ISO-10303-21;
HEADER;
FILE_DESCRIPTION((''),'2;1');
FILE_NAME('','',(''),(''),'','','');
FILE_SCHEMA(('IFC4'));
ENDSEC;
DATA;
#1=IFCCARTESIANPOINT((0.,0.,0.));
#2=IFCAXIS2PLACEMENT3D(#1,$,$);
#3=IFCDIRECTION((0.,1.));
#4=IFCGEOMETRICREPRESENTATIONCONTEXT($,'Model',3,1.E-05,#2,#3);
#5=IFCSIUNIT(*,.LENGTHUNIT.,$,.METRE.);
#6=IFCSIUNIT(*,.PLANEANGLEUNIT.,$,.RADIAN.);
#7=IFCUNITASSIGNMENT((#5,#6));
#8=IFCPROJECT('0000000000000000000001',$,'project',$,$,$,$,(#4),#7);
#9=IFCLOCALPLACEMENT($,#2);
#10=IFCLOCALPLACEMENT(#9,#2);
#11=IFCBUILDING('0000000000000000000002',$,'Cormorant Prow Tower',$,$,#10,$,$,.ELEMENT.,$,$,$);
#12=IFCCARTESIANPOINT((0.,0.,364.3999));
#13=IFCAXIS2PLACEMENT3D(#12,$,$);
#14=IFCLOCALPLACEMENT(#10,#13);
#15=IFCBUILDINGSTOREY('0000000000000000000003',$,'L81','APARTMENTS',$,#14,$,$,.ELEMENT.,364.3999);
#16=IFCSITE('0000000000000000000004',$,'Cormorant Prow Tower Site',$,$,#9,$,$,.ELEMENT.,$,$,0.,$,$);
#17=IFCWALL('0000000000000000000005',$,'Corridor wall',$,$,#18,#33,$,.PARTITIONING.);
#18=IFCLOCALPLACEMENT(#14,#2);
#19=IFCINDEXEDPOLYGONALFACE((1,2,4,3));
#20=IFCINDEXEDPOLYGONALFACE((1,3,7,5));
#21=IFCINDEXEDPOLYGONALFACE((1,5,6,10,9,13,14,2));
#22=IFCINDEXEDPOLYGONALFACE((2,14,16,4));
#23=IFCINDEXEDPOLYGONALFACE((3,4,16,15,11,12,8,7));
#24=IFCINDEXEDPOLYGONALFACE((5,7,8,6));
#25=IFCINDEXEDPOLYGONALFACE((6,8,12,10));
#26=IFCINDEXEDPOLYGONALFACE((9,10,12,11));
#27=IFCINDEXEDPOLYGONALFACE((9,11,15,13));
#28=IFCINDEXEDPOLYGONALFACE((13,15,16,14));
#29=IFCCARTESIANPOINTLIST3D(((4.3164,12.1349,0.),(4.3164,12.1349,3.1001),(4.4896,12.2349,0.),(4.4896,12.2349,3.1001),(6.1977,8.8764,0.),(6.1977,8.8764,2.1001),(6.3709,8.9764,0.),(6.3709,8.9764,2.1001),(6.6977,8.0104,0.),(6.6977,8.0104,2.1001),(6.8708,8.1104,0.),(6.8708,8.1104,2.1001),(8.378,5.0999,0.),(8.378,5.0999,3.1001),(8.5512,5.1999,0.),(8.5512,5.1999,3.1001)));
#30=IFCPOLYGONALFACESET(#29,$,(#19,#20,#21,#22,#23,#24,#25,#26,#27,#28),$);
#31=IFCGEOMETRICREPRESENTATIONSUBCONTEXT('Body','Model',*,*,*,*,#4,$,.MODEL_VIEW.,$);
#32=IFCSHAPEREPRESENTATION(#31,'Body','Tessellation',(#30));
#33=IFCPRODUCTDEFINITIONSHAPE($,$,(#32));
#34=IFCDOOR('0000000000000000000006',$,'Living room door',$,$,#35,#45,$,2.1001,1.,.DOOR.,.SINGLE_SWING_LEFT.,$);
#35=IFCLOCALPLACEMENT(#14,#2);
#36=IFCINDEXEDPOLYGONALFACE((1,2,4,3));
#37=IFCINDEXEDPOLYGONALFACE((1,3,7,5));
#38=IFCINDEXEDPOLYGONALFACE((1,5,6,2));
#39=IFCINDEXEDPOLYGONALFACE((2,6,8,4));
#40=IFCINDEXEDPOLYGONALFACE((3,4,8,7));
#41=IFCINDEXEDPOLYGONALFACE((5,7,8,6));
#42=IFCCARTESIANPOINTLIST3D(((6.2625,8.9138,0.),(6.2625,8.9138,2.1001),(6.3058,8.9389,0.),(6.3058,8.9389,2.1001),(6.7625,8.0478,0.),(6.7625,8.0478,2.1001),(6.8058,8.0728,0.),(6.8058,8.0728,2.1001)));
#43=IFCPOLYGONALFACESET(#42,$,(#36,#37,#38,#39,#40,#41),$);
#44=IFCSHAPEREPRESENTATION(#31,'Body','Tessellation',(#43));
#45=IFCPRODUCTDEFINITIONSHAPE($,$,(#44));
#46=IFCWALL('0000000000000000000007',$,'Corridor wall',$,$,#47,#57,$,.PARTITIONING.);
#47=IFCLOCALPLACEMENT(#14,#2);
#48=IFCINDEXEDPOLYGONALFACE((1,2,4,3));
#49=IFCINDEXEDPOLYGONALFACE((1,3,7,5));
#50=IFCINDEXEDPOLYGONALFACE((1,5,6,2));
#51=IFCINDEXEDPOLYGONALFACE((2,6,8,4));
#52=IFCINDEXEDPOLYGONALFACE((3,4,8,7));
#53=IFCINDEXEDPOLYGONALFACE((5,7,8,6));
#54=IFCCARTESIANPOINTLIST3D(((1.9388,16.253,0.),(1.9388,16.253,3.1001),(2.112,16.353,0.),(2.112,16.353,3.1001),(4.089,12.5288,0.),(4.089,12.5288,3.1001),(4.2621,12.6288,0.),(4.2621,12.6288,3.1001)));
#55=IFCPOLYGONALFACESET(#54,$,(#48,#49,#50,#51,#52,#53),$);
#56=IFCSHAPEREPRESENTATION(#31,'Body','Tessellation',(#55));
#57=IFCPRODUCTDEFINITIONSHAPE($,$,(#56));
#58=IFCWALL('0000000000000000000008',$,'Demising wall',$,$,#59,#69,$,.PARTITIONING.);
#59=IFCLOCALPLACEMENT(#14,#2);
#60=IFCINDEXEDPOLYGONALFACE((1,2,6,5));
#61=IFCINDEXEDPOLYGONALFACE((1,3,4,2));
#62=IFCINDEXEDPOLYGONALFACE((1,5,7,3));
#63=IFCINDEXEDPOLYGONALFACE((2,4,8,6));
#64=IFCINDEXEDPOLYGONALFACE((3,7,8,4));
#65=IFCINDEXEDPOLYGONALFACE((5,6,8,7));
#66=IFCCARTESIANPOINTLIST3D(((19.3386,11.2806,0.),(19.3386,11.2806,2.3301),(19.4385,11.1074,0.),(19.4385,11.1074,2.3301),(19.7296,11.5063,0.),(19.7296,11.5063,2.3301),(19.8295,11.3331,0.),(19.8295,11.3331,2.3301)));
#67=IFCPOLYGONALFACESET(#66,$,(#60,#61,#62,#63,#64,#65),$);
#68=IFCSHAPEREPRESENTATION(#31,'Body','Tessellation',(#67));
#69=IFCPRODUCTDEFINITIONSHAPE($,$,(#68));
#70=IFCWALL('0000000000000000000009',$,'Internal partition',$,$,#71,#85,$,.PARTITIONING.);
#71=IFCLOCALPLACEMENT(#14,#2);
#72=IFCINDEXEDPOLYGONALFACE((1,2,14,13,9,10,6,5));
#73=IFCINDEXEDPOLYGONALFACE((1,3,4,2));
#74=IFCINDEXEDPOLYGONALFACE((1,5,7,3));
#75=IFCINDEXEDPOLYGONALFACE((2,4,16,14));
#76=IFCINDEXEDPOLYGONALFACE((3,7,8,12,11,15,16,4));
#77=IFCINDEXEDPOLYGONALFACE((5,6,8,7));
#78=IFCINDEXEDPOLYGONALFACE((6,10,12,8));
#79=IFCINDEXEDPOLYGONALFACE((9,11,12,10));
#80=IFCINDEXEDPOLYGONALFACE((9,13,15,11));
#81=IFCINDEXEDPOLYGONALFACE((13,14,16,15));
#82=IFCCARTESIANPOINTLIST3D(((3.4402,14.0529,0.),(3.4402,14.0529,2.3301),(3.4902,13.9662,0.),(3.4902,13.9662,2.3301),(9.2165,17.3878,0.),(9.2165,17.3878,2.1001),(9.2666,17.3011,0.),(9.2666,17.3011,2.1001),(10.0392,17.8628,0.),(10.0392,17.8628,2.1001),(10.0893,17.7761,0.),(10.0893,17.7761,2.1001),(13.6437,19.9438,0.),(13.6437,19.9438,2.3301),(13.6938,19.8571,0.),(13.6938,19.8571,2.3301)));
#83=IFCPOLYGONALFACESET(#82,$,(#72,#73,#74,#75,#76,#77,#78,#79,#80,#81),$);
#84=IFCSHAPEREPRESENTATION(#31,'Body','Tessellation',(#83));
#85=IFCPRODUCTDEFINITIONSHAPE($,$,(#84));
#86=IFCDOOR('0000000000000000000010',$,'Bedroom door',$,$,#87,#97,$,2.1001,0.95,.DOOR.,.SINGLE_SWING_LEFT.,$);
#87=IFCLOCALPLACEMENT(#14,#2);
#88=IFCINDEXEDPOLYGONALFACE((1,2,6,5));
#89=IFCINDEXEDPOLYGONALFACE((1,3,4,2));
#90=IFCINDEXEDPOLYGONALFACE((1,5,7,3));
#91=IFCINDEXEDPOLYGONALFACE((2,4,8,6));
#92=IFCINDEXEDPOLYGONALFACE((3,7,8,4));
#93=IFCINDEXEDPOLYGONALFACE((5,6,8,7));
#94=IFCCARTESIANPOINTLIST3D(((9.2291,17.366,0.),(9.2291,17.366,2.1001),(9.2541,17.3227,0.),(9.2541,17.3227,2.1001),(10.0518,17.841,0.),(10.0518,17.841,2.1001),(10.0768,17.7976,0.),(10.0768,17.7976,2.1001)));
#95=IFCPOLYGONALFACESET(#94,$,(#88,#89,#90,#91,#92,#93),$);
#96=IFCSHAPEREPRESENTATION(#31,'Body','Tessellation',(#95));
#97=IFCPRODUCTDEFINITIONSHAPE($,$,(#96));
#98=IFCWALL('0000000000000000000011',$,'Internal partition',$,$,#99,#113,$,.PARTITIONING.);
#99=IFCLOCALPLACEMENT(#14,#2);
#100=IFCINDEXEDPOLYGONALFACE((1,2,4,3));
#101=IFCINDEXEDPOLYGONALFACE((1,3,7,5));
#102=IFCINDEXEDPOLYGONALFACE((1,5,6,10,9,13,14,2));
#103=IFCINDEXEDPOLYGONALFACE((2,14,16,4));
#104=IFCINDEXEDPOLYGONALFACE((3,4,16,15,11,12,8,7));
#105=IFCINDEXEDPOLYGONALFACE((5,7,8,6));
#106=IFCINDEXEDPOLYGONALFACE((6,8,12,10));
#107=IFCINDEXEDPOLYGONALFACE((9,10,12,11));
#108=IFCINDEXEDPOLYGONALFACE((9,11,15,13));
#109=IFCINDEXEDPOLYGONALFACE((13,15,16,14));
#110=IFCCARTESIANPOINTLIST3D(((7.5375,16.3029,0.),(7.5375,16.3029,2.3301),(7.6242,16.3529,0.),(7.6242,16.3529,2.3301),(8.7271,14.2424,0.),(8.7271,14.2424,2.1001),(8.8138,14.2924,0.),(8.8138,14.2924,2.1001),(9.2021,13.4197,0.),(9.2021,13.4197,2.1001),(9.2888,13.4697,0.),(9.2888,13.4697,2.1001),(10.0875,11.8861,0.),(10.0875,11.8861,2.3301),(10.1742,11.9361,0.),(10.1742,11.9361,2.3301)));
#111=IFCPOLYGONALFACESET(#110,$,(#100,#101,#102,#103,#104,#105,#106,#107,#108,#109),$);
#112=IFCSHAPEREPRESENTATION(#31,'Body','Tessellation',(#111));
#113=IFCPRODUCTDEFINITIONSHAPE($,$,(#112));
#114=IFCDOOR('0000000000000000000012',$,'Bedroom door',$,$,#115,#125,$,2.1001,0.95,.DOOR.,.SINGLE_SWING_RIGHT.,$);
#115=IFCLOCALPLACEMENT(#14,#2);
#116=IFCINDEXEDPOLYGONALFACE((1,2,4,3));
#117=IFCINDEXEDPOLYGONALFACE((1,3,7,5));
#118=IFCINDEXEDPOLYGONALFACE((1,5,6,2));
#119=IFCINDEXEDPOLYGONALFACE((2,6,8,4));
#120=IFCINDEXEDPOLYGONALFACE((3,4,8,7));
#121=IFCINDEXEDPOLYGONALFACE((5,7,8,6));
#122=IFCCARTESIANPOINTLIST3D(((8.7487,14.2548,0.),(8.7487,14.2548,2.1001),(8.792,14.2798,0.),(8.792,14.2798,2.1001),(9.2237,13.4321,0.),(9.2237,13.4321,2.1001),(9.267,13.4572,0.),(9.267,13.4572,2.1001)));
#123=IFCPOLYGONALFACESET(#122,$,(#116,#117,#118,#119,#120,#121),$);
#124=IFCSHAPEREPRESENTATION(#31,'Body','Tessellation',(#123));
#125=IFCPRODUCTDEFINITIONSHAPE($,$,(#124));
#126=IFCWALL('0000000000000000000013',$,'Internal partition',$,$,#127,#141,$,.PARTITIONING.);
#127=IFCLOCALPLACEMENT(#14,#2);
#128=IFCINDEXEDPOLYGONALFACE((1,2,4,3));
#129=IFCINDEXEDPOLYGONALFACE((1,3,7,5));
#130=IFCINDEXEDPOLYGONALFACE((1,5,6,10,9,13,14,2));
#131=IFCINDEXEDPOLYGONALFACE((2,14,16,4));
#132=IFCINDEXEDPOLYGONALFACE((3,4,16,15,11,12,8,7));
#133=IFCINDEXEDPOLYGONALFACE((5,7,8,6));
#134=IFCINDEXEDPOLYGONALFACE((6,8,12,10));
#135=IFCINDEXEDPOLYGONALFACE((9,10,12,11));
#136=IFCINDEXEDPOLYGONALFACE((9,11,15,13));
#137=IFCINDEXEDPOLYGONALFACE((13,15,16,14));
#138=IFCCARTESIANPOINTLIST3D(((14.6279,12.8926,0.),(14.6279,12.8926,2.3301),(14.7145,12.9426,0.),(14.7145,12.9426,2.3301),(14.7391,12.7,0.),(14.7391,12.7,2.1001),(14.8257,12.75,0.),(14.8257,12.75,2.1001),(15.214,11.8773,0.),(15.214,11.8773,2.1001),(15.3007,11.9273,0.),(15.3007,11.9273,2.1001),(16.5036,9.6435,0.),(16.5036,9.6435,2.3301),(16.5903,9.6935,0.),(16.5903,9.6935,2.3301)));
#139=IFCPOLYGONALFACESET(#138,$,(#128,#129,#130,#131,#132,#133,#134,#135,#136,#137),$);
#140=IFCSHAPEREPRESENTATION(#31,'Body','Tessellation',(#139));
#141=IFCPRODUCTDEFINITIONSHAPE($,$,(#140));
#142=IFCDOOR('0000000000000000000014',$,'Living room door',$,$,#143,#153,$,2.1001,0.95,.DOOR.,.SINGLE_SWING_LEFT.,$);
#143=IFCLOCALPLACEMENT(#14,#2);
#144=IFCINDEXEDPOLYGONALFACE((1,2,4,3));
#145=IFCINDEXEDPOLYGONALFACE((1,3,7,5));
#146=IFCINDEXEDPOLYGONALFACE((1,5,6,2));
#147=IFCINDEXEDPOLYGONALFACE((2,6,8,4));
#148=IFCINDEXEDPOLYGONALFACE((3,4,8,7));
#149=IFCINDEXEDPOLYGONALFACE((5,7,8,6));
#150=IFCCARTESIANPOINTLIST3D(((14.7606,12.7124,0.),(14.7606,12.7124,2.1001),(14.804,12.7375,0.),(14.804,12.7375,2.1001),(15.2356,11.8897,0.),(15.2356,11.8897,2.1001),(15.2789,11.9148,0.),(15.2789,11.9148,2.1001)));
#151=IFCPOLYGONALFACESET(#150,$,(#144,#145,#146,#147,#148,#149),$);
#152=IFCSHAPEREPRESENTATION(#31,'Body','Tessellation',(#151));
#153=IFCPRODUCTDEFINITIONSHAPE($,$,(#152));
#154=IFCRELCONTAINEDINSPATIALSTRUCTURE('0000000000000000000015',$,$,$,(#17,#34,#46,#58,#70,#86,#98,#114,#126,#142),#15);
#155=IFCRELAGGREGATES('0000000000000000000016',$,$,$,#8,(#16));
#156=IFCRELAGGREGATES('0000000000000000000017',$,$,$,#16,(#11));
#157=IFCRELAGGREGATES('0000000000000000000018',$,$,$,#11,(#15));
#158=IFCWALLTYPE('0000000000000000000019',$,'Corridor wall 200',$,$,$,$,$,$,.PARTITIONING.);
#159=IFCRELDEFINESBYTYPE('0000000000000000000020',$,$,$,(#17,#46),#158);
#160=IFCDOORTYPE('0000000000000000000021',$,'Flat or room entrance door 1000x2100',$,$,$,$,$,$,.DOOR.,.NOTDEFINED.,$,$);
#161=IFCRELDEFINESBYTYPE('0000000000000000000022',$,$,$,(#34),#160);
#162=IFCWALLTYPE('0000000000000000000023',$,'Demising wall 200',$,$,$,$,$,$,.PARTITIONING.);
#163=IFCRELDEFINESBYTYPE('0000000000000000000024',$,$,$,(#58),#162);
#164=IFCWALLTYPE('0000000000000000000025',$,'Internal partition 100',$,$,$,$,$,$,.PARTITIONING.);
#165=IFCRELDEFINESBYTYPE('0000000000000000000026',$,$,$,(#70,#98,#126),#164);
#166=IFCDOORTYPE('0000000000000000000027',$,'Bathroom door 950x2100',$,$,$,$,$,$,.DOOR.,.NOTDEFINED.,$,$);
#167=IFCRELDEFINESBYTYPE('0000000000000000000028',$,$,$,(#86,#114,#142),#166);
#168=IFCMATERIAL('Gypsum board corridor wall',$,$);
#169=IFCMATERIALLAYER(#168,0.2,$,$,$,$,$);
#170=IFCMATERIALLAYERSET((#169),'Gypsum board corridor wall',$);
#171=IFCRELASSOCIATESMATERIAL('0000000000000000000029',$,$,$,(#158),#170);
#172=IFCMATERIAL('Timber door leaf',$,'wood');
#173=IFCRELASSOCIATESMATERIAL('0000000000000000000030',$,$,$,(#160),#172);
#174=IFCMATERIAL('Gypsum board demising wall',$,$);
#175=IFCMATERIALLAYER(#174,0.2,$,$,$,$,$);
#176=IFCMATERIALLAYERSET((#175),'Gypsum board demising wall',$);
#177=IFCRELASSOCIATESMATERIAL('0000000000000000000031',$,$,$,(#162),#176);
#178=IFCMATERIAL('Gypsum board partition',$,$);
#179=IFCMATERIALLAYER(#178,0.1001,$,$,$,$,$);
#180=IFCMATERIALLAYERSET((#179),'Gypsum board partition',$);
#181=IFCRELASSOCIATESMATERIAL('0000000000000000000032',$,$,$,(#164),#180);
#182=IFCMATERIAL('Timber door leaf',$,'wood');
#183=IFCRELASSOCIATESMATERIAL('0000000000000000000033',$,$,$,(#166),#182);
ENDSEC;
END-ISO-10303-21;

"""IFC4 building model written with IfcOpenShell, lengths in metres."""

from ifc_helpers import new_model, si_unit, direction, frame, frame_2d, origin, place, context, subcontext, project, spatial, rectangle, extrude, material, layer, layer_set, type_object, element, fill, save


model = new_model("IFC4")

# Units and contexts
model_context = context("Model", 3, precision=1e-05, world=origin(), true_north=direction((0.0, 1.0)))
body_context = subcontext(model_context, "Body", "Model", "MODEL_VIEW")
ifc_project = project(units=[si_unit("LENGTHUNIT", "METRE"), si_unit("PLANEANGLEUNIT", "RADIAN")], contexts=[model_context])

# Site, building, storey
site_placement = place(None, origin())
site = spatial("IfcSite", under=ifc_project, at=site_placement, Name="Cormorant Prow Tower Site", CompositionType="ELEMENT", RefElevation=0.0)
building_placement = place(site_placement, origin())
building = spatial("IfcBuilding", under=site, at=building_placement, Name="Cormorant Prow Tower", CompositionType="ELEMENT")
storey_placement = place(building_placement, frame((0.0, 0.0, 364.3999)))
storey = spatial("IfcBuildingStorey", under=building, at=storey_placement, Name="L81", Description="APARTMENTS", CompositionType="ELEMENT", Elevation=364.3999)

# Wall, opening, door
ifc_material_1 = material(Name="Gypsum board corridor wall")
ifc_layer_1 = layer(ifc_material_1, 0.2)
ifc_layer_set_1 = layer_set([ifc_layer_1], Name="Gypsum board corridor wall")
wall_type_1 = type_object("IfcWallType", Name="Corridor wall 200", PredefinedType="PARTITIONING", material=ifc_layer_set_1)
wall_1_placement = place(storey_placement, frame((4.4031, 12.1848, 0.0), z_axis=(0.0, 0.0, 1.0), x_axis=(0.499992, -0.86603, 0.0)))
wall_1 = element("IfcWall", 1, at=wall_1_placement, inside=storey, type_object=wall_type_1, Name="Corridor wall", PredefinedType="PARTITIONING", context=body_context, shape_type="SweptSolid", body=[
    extrude(rectangle(XDim=8.1233, YDim=0.2, at=frame_2d((4.0615, 0.0))), origin(), (0.0, 0.0, 1.0), 3.1001),
])
opening_1_placement = place(wall_1_placement, frame((3.7625, 0.0, 0.0)))
opening_1 = element("IfcOpeningElement", 2, at=opening_1_placement, cuts=wall_1, PredefinedType="OPENING", context=body_context, shape_type="SweptSolid", body=[
    extrude(rectangle(XDim=1.0, YDim=2.1001, at=frame_2d((0.5, 1.05))), frame((0.0, 0.1099, 0.0), z_axis=(0.0, -1.0, 0.0), x_axis=(1.0, 0.0, 0.0)), (0.0, 0.0, 1.0), 0.22),
])
ifc_material_2 = material(Name="Timber door leaf", Category="wood")
door_type_1 = type_object("IfcDoorType", Name="Flat or room entrance door 1000x2100", OperationType="NOTDEFINED", PredefinedType="DOOR", material=ifc_material_2)
door_1_placement = place(opening_1_placement, origin())
door_1 = element("IfcDoor", 3, at=door_1_placement, inside=storey, type_object=door_type_1, Name="Living room door", OperationType="SINGLE_SWING_LEFT", OverallHeight=2.1001, OverallWidth=1.0, PredefinedType="DOOR", context=body_context, shape_type="SweptSolid", body=[
    extrude(rectangle(XDim=1.0, YDim=2.1001, at=frame_2d((0.5, 1.05))), frame((0.0, 0.0249, 0.0), z_axis=(0.0, -1.0, 0.0), x_axis=(1.0, 0.0, 0.0)), (0.0, 0.0, 1.0), 0.05),
])
fill(opening_1, door_1)

# Walls
wall_2_placement = place(storey_placement, frame((2.0254, 16.303, 0.0), z_axis=(0.0, 0.0, 1.0), x_axis=(0.500004, -0.866023, 0.0)))
element("IfcWall", 4, at=wall_2_placement, inside=storey, type_object=wall_type_1, Name="Corridor wall", PredefinedType="PARTITIONING", context=body_context, shape_type="SweptSolid", body=[
    extrude(rectangle(XDim=4.3003, YDim=0.2, at=frame_2d((2.1501, 0.0))), origin(), (0.0, 0.0, 1.0), 3.1001),
])
ifc_material_3 = material(Name="Gypsum board demising wall")
ifc_layer_2 = layer(ifc_material_3, 0.2)
ifc_layer_set_2 = layer_set([ifc_layer_2], Name="Gypsum board demising wall")
wall_type_2 = type_object("IfcWallType", Name="Demising wall 200", PredefinedType="PARTITIONING", material=ifc_layer_set_2)
wall_3_placement = place(storey_placement, frame((19.3887, 11.1941, 0.0), z_axis=(0.0, 0.0, 1.0), x_axis=(0.866105, 0.499863, 0.0)))
element("IfcWall", 5, at=wall_3_placement, inside=storey, type_object=wall_type_2, Name="Demising wall", PredefinedType="PARTITIONING", context=body_context, shape_type="SweptSolid", body=[
    extrude(rectangle(XDim=0.4514, YDim=0.2, at=frame_2d((0.2256, 0.0))), origin(), (0.0, 0.0, 1.0), 2.3301),
])

# Walls, openings, doors
ifc_material_4 = material(Name="Gypsum board partition")
ifc_layer_3 = layer(ifc_material_4, 0.1001)
ifc_layer_set_3 = layer_set([ifc_layer_3], Name="Gypsum board partition")
wall_type_3 = type_object("IfcWallType", Name="Internal partition 100", PredefinedType="PARTITIONING", material=ifc_layer_set_3)
wall_4_placement = place(storey_placement, frame((3.4651, 14.0095, 0.0), z_axis=(0.0, 0.0, 1.0), x_axis=(0.866032, 0.499988, 0.0)))
wall_4 = element("IfcWall", 6, at=wall_4_placement, inside=storey, type_object=wall_type_3, Name="Internal partition", PredefinedType="PARTITIONING", context=body_context, shape_type="SweptSolid", body=[
    extrude(rectangle(XDim=11.782, YDim=0.1001, at=frame_2d((5.8911, 0.0))), origin(), (0.0, 0.0, 1.0), 2.3301),
])
opening_2_placement = place(wall_4_placement, frame((6.6699, 0.0, 0.0)))
opening_2 = element("IfcOpeningElement", 7, at=opening_2_placement, cuts=wall_4, PredefinedType="OPENING", context=body_context, shape_type="SweptSolid", body=[
    extrude(rectangle(XDim=0.95, YDim=2.1001, at=frame_2d((0.4751, 1.05))), frame((0.0, 0.0601, 0.0), z_axis=(0.0, -1.0, 0.0), x_axis=(1.0, 0.0, 0.0)), (0.0, 0.0, 1.0), 0.1201),
])
ifc_material_5 = material(Name="Timber door leaf", Category="wood")
door_type_2 = type_object("IfcDoorType", Name="Bathroom door 950x2100", OperationType="NOTDEFINED", PredefinedType="DOOR", material=ifc_material_5)
door_2_placement = place(opening_2_placement, origin())
door_2 = element("IfcDoor", 8, at=door_2_placement, inside=storey, type_object=door_type_2, Name="Bedroom door", OperationType="SINGLE_SWING_LEFT", OverallHeight=2.1001, OverallWidth=0.95, PredefinedType="DOOR", context=body_context, shape_type="SweptSolid", body=[
    extrude(rectangle(XDim=0.95, YDim=2.1001, at=frame_2d((0.4751, 1.05))), frame((0.0, 0.0249, 0.0), z_axis=(0.0, -1.0, 0.0), x_axis=(1.0, 0.0, 0.0)), (0.0, 0.0, 1.0), 0.05),
])
fill(opening_2, door_2)
wall_5_placement = place(storey_placement, frame((7.5808, 16.3279, 0.0), z_axis=(0.0, 0.0, 1.0), x_axis=(0.500006, -0.866022, 0.0)))
wall_5 = element("IfcWall", 9, at=wall_5_placement, inside=storey, type_object=wall_type_3, Name="Internal partition", PredefinedType="PARTITIONING", context=body_context, shape_type="SweptSolid", body=[
    extrude(rectangle(XDim=5.1001, YDim=0.1001, at=frame_2d((2.55, 0.0))), origin(), (0.0, 0.0, 1.0), 2.3301),
])
opening_3_placement = place(wall_5_placement, frame((2.3792, 0.0, 0.0)))
opening_3 = element("IfcOpeningElement", 10, at=opening_3_placement, cuts=wall_5, PredefinedType="OPENING", context=body_context, shape_type="SweptSolid", body=[
    extrude(rectangle(XDim=0.95, YDim=2.1001, at=frame_2d((0.4751, 1.05))), frame((0.0, 0.0601, 0.0), z_axis=(0.0, -1.0, 0.0), x_axis=(1.0, 0.0, 0.0)), (0.0, 0.0, 1.0), 0.1201),
])
door_3_placement = place(opening_3_placement, origin())
door_3 = element("IfcDoor", 11, at=door_3_placement, inside=storey, type_object=door_type_2, Name="Bedroom door", OperationType="SINGLE_SWING_RIGHT", OverallHeight=2.1001, OverallWidth=0.95, PredefinedType="DOOR", context=body_context, shape_type="SweptSolid", body=[
    extrude(rectangle(XDim=0.95, YDim=2.1001, at=frame_2d((0.4751, 1.05))), frame((0.0, 0.0249, 0.0), z_axis=(0.0, -1.0, 0.0), x_axis=(1.0, 0.0, 0.0)), (0.0, 0.0, 1.0), 0.05),
])
fill(opening_3, door_3)
wall_6_placement = place(storey_placement, frame((14.6711, 12.9177, 0.0), z_axis=(0.0, 0.0, 1.0), x_axis=(0.499982, -0.866036, 0.0)))
wall_6 = element("IfcWall", 12, at=wall_6_placement, inside=storey, type_object=wall_type_3, Name="Internal partition", PredefinedType="PARTITIONING", context=body_context, shape_type="SweptSolid", body=[
    extrude(rectangle(XDim=3.7517, YDim=0.1001, at=frame_2d((1.876, 0.0))), origin(), (0.0, 0.0, 1.0), 2.3301),
])
opening_4_placement = place(wall_6_placement, frame((0.2224, 0.0, 0.0)))
opening_4 = element("IfcOpeningElement", 13, at=opening_4_placement, cuts=wall_6, PredefinedType="OPENING", context=body_context, shape_type="SweptSolid", body=[
    extrude(rectangle(XDim=0.95, YDim=2.1001, at=frame_2d((0.4751, 1.05))), frame((0.0, 0.0601, 0.0), z_axis=(0.0, -1.0, 0.0), x_axis=(1.0, 0.0, 0.0)), (0.0, 0.0, 1.0), 0.1201),
])
door_4_placement = place(opening_4_placement, origin())
door_4 = element("IfcDoor", 14, at=door_4_placement, inside=storey, type_object=door_type_2, Name="Living room door", OperationType="SINGLE_SWING_LEFT", OverallHeight=2.1001, OverallWidth=0.95, PredefinedType="DOOR", context=body_context, shape_type="SweptSolid", body=[
    extrude(rectangle(XDim=0.95, YDim=2.1001, at=frame_2d((0.4751, 1.05))), frame((0.0, 0.0249, 0.0), z_axis=(0.0, -1.0, 0.0), x_axis=(1.0, 0.0, 0.0)), (0.0, 0.0, 1.0), 0.05),
])
fill(opening_4, door_4)

save(model, "model.ifc")
